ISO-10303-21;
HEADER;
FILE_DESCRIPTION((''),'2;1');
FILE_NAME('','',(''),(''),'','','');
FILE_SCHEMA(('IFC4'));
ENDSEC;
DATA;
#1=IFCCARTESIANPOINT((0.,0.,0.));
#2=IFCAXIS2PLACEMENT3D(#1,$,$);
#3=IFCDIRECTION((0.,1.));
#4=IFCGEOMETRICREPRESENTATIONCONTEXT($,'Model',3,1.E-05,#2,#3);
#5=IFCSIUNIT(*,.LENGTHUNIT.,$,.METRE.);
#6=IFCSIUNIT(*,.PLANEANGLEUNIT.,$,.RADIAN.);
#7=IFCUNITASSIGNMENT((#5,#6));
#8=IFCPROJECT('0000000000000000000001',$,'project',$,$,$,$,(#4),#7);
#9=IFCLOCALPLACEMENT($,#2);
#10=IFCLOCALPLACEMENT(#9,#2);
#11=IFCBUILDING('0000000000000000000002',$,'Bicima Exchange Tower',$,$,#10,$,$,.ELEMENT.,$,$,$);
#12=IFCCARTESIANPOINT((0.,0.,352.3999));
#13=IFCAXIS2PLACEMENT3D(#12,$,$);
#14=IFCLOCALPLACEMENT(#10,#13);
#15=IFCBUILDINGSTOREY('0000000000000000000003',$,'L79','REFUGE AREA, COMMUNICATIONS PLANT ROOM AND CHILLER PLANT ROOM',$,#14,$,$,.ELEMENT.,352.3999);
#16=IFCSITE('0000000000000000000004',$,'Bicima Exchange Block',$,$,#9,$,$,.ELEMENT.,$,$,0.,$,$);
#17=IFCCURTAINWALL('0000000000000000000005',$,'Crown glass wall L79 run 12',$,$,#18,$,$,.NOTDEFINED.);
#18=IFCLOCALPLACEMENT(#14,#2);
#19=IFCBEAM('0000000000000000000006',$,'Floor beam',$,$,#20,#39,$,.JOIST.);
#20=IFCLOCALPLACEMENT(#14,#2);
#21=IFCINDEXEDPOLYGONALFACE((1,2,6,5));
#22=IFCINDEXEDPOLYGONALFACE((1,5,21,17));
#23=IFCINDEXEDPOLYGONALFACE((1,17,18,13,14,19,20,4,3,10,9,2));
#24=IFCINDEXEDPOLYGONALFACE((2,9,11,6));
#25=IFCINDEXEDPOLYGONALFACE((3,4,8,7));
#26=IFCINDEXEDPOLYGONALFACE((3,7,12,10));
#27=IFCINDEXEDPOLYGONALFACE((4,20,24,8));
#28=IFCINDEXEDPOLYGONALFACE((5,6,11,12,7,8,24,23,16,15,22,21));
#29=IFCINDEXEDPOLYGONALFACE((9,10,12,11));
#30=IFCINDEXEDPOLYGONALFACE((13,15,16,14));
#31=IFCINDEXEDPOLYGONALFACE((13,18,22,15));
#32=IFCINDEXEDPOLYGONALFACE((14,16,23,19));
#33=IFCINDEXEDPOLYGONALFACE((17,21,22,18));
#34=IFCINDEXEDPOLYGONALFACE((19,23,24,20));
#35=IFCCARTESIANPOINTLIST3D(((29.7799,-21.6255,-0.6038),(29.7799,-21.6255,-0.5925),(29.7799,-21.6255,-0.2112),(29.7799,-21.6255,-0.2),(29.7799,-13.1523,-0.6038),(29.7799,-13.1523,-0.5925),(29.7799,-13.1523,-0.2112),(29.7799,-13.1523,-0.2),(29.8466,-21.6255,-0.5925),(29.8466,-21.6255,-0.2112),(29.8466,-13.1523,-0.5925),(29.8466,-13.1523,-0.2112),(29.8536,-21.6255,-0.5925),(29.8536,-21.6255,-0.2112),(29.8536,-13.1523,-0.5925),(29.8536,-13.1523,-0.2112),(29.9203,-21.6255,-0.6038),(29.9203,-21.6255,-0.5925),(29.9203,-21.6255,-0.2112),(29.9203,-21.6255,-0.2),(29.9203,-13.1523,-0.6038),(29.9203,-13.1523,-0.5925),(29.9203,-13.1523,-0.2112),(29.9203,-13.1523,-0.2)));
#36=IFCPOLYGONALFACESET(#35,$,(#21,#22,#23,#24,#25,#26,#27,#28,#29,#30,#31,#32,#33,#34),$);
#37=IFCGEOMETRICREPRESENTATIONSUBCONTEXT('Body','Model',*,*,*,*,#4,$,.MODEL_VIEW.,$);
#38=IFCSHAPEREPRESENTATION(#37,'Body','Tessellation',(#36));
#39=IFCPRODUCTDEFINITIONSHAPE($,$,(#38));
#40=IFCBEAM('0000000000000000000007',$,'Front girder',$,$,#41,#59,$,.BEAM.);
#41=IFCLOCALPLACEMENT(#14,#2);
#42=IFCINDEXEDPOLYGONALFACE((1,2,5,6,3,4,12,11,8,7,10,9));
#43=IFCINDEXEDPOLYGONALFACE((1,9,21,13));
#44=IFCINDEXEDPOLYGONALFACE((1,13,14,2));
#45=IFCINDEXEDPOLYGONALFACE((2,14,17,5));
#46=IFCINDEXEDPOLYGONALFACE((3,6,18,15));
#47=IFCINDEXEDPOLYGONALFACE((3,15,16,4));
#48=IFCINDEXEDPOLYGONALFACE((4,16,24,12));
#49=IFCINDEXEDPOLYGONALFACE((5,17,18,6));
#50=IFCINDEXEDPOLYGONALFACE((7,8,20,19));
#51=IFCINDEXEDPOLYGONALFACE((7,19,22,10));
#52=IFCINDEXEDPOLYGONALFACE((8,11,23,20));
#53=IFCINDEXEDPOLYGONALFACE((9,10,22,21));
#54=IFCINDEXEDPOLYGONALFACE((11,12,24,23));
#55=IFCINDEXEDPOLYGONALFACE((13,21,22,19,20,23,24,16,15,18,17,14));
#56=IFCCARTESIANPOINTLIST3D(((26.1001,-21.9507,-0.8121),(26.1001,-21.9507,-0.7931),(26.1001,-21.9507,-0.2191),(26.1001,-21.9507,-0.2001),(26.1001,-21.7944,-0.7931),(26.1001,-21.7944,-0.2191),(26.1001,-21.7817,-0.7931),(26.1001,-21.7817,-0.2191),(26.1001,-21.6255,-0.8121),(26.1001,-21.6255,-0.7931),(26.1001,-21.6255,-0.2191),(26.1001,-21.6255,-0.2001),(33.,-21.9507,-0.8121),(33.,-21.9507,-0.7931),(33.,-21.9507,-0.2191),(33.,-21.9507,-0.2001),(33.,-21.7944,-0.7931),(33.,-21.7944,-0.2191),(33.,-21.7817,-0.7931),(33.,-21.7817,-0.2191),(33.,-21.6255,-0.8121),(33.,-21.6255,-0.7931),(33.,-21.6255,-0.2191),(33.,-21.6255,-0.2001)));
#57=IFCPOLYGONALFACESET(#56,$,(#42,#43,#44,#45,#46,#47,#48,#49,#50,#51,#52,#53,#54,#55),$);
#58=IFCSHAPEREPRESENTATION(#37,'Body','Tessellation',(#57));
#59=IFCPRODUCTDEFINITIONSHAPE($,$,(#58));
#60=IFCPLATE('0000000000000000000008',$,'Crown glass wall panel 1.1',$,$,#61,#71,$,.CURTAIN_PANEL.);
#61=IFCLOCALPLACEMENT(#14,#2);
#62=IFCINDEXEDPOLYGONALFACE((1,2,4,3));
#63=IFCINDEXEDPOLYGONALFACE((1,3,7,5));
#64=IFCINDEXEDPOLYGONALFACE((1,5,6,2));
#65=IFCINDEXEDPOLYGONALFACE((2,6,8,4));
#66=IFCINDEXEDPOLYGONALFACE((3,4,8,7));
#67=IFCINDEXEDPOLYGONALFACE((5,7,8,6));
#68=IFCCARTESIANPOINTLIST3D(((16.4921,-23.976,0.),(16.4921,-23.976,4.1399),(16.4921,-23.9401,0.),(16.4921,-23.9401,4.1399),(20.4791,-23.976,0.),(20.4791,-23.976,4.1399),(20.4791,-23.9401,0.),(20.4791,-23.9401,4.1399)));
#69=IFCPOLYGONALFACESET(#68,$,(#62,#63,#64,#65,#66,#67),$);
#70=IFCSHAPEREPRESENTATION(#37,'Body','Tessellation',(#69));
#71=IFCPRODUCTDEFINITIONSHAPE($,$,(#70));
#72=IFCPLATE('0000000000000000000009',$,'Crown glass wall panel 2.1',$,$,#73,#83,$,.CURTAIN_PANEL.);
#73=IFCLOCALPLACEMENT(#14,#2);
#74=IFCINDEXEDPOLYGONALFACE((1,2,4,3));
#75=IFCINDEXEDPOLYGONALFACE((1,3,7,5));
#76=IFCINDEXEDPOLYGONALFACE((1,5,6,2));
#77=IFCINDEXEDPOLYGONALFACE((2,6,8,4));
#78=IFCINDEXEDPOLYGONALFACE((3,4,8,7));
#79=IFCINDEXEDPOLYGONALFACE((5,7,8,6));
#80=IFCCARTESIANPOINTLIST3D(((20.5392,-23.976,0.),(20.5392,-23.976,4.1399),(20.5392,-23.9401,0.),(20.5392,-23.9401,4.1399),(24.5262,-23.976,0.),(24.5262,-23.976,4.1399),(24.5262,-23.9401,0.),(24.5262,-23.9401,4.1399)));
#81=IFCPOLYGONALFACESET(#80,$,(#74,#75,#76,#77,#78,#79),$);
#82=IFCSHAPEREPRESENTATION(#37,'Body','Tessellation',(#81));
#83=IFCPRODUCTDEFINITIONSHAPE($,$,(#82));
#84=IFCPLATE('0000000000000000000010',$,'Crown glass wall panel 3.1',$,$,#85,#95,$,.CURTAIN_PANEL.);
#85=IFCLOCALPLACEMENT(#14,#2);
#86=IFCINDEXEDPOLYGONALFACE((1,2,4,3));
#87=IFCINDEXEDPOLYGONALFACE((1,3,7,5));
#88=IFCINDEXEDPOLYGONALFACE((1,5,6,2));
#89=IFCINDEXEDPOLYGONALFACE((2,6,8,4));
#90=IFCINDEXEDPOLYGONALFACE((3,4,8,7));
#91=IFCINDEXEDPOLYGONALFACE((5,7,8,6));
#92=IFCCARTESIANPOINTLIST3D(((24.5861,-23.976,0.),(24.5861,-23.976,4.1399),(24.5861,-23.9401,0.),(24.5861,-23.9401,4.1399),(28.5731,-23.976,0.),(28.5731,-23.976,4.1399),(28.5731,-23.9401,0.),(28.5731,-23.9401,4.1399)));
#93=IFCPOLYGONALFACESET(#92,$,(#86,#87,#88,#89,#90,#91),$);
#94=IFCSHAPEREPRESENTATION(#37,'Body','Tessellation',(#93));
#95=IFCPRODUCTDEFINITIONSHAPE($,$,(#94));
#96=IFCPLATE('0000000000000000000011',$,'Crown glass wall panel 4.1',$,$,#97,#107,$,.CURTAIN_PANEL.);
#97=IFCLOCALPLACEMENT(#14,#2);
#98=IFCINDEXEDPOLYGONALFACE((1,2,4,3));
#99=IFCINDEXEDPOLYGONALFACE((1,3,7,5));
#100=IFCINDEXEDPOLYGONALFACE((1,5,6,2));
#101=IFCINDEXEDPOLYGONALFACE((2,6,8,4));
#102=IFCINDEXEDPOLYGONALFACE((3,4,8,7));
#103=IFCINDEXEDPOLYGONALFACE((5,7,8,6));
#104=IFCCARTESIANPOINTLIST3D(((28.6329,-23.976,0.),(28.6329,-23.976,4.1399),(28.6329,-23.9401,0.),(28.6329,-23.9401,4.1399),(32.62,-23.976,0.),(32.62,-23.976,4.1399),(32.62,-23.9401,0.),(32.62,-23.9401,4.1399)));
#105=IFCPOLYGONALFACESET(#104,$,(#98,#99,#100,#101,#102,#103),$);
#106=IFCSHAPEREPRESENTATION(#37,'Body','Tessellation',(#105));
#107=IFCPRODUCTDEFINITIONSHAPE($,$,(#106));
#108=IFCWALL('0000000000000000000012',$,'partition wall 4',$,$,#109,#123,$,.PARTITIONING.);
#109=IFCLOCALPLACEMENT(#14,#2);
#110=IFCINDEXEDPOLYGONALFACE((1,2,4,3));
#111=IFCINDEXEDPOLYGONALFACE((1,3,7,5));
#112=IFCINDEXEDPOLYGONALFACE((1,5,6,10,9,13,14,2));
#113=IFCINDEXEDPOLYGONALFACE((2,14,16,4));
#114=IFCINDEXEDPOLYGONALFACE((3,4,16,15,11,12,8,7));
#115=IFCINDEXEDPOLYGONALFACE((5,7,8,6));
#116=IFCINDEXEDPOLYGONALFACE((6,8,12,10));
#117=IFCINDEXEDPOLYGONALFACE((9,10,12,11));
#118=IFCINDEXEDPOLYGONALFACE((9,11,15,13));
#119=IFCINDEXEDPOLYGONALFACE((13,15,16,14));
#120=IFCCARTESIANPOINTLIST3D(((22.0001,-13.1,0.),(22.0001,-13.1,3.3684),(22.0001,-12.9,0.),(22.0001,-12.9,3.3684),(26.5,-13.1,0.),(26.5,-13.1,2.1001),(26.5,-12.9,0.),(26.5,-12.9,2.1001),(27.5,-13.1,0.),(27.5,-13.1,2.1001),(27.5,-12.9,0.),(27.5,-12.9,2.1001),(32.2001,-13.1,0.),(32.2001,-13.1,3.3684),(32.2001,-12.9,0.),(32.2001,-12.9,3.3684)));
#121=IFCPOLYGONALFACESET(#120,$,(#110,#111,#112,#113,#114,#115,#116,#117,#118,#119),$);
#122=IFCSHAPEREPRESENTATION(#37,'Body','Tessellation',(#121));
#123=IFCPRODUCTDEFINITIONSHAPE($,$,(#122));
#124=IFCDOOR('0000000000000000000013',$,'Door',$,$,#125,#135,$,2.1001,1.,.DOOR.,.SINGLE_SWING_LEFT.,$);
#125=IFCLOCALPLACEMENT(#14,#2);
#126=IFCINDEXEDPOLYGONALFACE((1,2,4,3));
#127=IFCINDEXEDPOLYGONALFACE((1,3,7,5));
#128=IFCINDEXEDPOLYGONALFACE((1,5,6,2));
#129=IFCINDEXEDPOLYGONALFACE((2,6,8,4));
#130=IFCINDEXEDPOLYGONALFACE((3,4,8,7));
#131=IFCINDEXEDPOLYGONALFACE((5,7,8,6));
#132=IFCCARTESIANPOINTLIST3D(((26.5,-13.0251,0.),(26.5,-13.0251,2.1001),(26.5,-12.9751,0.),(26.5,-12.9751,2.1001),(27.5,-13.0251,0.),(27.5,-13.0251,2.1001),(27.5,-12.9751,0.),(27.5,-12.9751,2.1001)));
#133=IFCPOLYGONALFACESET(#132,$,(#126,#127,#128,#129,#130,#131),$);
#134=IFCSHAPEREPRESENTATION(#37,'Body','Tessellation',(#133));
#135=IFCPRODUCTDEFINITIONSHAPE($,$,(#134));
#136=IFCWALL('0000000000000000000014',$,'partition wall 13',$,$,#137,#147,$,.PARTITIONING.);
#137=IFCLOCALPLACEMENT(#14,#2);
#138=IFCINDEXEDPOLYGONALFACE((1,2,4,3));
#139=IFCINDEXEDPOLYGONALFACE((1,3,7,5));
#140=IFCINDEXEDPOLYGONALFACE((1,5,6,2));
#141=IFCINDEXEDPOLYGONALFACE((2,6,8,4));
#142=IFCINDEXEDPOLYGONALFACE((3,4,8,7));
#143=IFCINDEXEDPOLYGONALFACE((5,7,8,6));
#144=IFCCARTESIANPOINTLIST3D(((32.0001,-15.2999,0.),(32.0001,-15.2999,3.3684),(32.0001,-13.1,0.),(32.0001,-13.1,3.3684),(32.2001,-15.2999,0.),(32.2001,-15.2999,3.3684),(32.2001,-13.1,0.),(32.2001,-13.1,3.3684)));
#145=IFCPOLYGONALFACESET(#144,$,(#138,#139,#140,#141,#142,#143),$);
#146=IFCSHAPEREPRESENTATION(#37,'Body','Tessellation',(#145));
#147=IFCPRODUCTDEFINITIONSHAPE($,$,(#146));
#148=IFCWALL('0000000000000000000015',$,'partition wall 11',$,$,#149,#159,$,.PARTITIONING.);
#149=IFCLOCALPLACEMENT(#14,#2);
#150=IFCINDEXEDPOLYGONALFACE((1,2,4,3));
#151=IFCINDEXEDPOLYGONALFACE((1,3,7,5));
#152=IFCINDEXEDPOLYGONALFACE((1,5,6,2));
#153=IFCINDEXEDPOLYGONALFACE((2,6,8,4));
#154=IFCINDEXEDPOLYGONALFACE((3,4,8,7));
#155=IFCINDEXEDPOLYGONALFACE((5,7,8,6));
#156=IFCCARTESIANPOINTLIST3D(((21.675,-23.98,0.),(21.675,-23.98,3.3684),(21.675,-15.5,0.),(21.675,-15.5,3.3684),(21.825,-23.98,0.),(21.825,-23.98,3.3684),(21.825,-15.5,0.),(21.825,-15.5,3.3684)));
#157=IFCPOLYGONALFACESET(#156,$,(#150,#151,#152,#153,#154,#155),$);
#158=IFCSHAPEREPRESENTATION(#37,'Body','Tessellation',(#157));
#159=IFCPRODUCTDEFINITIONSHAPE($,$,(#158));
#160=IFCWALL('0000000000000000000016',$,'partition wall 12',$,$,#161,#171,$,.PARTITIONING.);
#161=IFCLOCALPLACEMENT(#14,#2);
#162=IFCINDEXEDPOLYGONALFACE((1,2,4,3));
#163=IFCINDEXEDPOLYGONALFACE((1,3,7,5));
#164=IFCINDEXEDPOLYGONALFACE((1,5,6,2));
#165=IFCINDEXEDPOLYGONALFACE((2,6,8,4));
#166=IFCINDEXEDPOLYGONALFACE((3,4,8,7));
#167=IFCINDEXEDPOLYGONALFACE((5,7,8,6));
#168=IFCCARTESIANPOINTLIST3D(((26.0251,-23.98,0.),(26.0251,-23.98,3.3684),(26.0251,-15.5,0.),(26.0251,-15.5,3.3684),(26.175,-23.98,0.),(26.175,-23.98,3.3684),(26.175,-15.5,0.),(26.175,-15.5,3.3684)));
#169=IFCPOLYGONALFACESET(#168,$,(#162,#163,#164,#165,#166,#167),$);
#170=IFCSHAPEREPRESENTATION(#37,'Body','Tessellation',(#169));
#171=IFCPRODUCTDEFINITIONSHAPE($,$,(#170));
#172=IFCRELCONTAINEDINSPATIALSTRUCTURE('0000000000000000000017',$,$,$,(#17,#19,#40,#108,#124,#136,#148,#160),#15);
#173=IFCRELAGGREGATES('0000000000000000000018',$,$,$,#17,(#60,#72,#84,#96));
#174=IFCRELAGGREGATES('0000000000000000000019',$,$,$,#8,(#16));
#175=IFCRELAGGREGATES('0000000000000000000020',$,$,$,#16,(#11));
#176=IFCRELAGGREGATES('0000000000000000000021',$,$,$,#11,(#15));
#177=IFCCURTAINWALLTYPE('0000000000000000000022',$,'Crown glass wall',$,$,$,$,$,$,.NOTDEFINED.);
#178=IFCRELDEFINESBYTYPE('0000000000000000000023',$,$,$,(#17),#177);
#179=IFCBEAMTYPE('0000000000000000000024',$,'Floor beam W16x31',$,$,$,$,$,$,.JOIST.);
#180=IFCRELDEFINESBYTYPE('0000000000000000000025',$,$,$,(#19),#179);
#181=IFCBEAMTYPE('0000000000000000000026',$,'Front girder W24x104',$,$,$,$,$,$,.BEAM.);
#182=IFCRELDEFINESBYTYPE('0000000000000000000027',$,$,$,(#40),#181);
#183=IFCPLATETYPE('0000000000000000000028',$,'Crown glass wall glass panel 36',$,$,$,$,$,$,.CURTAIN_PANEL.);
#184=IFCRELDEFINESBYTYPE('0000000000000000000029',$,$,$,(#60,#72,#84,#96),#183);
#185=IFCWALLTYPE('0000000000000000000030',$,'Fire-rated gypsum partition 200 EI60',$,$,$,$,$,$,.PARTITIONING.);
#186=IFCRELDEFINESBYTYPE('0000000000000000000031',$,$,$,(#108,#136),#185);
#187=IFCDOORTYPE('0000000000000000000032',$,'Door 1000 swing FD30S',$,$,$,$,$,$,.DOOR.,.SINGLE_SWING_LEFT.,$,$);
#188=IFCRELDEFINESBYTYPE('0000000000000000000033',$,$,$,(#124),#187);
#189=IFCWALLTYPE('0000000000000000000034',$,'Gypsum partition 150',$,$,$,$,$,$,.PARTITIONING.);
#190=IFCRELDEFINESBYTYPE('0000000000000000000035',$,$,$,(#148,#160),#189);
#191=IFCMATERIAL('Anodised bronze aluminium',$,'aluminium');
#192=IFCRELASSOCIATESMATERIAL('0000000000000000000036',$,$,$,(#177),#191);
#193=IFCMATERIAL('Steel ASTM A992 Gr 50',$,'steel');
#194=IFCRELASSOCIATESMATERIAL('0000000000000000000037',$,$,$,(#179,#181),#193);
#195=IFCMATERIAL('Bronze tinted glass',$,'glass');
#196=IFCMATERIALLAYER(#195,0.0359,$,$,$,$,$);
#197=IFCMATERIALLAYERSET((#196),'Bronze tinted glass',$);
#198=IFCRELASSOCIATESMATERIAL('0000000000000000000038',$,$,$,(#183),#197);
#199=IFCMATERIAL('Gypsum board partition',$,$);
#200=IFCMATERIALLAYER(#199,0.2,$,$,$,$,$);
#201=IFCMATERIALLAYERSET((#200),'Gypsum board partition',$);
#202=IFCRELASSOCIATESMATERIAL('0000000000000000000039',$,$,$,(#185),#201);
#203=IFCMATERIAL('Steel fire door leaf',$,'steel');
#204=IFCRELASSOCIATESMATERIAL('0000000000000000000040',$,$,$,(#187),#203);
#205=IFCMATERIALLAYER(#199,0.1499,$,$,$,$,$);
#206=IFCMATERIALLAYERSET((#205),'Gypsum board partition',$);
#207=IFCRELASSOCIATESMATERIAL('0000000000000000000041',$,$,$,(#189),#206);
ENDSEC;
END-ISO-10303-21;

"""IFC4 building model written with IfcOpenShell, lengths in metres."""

from ifc_helpers import new_model, si_unit, direction, frame, frame_2d, origin, origin_2d, place, context, subcontext, project, spatial, rectangle, i_section, extrude, material, layer, layer_set, material_profile, profile_set, type_object, element, fill, aggregate, save


model = new_model("IFC4")

# Units and contexts
model_context = context("Model", 3, precision=1e-05, world=origin(), true_north=direction((0.0, 1.0)))
body_context = subcontext(model_context, "Body", "Model", "MODEL_VIEW")
ifc_project = project(units=[si_unit("LENGTHUNIT", "METRE"), si_unit("PLANEANGLEUNIT", "RADIAN")], contexts=[model_context])

# Site, building, storey
site_placement = place(None, origin())
site = spatial("IfcSite", under=ifc_project, at=site_placement, Name="Bicima Exchange Block", CompositionType="ELEMENT", RefElevation=0.0)
building_placement = place(site_placement, origin())
building = spatial("IfcBuilding", under=site, at=building_placement, Name="Bicima Exchange Tower", CompositionType="ELEMENT")
storey_placement = place(building_placement, frame((0.0, 0.0, 352.3999)))
storey = spatial("IfcBuildingStorey", under=building, at=storey_placement, Name="L79", Description="REFUGE AREA, COMMUNICATIONS PLANT ROOM AND CHILLER PLANT ROOM", CompositionType="ELEMENT", Elevation=352.3999)

# Shared definitions
ifc_material_1 = material(Name="Steel ASTM A992 Gr 50", Category="steel")

# Curtain wall
ifc_material_2 = material(Name="Anodised bronze aluminium", Category="aluminium")
curtain_wall_type = type_object("IfcCurtainWallType", Name="Crown glass wall", PredefinedType="NOTDEFINED", material=ifc_material_2)
curtain_wall_placement = place(storey_placement, origin())
curtain_wall = element("IfcCurtainWall", 1, at=curtain_wall_placement, inside=storey, type_object=curtain_wall_type, Name="Crown glass wall L79 run 12", PredefinedType="NOTDEFINED")

# Beams
ifc_material_profile_1 = material_profile(ifc_material_1, i_section(OverallWidth=0.1404, OverallDepth=0.4038, WebThickness=0.0071, FlangeThickness=0.0112, at=origin_2d()))
ifc_profile_set_1 = profile_set([ifc_material_profile_1], Name="Steel ASTM A992 Gr 50")
beam_type_1 = type_object("IfcBeamType", Name="Floor beam W16x31", PredefinedType="JOIST", material=ifc_profile_set_1)
for number, where, z_axis, x_axis, name in (
    (2, (29.8501, -13.1523, -0.4019), (0.0, -1.0, 0.0), (1.0, 0.0, 0.0), "Floor beam"),
):
    element("IfcBeam", number, at=place(storey_placement, frame(where, z_axis=z_axis, x_axis=x_axis)), inside=storey, type_object=beam_type_1, Name=name, PredefinedType="JOIST", context=body_context, shape_type="SweptSolid", body=[
        extrude(i_section(OverallWidth=0.1404, OverallDepth=0.4038, WebThickness=0.0071, FlangeThickness=0.0112, at=origin_2d()), origin(), (0.0, 0.0, 1.0), 8.4731),
    ])
ifc_material_profile_2 = material_profile(ifc_material_1, i_section(OverallWidth=0.3252, OverallDepth=0.6121, WebThickness=0.0127, FlangeThickness=0.019, at=origin_2d()))
ifc_profile_set_2 = profile_set([ifc_material_profile_2], Name="Steel ASTM A992 Gr 50")
beam_type_2 = type_object("IfcBeamType", Name="Front girder W24x104", PredefinedType="BEAM", material=ifc_profile_set_2)
beam_1_placement = place(storey_placement, frame((26.1001, -21.7881, -0.5061), z_axis=(1.0, 0.0, 0.0), x_axis=(0.0, 1.0, 0.0)))
element("IfcBeam", 3, at=beam_1_placement, inside=storey, type_object=beam_type_2, Name="Front girder", PredefinedType="BEAM", context=body_context, shape_type="SweptSolid", body=[
    extrude(i_section(OverallWidth=0.3252, OverallDepth=0.6121, WebThickness=0.0127, FlangeThickness=0.019, at=origin_2d()), origin(), (0.0, 0.0, 1.0), 6.8999),
])

# Plates
ifc_material_3 = material(Name="Bronze tinted glass", Category="glass")
ifc_layer_1 = layer(ifc_material_3, 0.0359)
ifc_layer_set_1 = layer_set([ifc_layer_1], Name="Bronze tinted glass")
plate_type = type_object("IfcPlateType", Name="Crown glass wall glass panel 36", PredefinedType="CURTAIN_PANEL", material=ifc_layer_set_1)
plate_1_placement = place(storey_placement, frame((18.4856, -23.958, 0.0), z_axis=(0.0, 0.0, 1.0), x_axis=(1.0, 0.0, 0.0)))
plate_1 = element("IfcPlate", 4, at=plate_1_placement, type_object=plate_type, Name="Crown glass wall panel 1.1", PredefinedType="CURTAIN_PANEL", context=body_context, shape_type="SweptSolid", body=[
    extrude(rectangle(XDim=3.9871, YDim=0.0359, at=origin_2d()), origin(), (0.0, 0.0, 1.0), 4.1399),
])
plate_2_placement = place(storey_placement, frame((22.5327, -23.958, 0.0), z_axis=(0.0, 0.0, 1.0), x_axis=(1.0, 0.0, 0.0)))
plate_2 = element("IfcPlate", 5, at=plate_2_placement, type_object=plate_type, Name="Crown glass wall panel 2.1", PredefinedType="CURTAIN_PANEL", context=body_context, shape_type="SweptSolid", body=[
    extrude(rectangle(XDim=3.9871, YDim=0.0359, at=origin_2d()), origin(), (0.0, 0.0, 1.0), 4.1399),
])
plate_3_placement = place(storey_placement, frame((26.5796, -23.958, 0.0), z_axis=(0.0, 0.0, 1.0), x_axis=(1.0, 0.0, 0.0)))
plate_3 = element("IfcPlate", 6, at=plate_3_placement, type_object=plate_type, Name="Crown glass wall panel 3.1", PredefinedType="CURTAIN_PANEL", context=body_context, shape_type="SweptSolid", body=[
    extrude(rectangle(XDim=3.9871, YDim=0.0359, at=origin_2d()), origin(), (0.0, 0.0, 1.0), 4.1399),
])
plate_4_placement = place(storey_placement, frame((30.6265, -23.958, 0.0), z_axis=(0.0, 0.0, 1.0), x_axis=(1.0, 0.0, 0.0)))
plate_4 = element("IfcPlate", 7, at=plate_4_placement, type_object=plate_type, Name="Crown glass wall panel 4.1", PredefinedType="CURTAIN_PANEL", context=body_context, shape_type="SweptSolid", body=[
    extrude(rectangle(XDim=3.9871, YDim=0.0359, at=origin_2d()), origin(), (0.0, 0.0, 1.0), 4.1399),
])
aggregate(curtain_wall, [plate_1, plate_2, plate_3, plate_4])

# Wall, opening, door
ifc_material_4 = material(Name="Gypsum board partition")
ifc_layer_2 = layer(ifc_material_4, 0.2)
ifc_layer_set_2 = layer_set([ifc_layer_2], Name="Gypsum board partition")
wall_type_1 = type_object("IfcWallType", Name="Fire-rated gypsum partition 200 EI60", PredefinedType="PARTITIONING", material=ifc_layer_set_2)
wall_1_placement = place(storey_placement, frame((22.0, -13.0, 0.0), z_axis=(0.0, 0.0, 1.0), x_axis=(1.0, 0.0, 0.0)))
wall_1 = element("IfcWall", 8, at=wall_1_placement, inside=storey, type_object=wall_type_1, Name="partition wall 4", PredefinedType="PARTITIONING", context=body_context, shape_type="SweptSolid", body=[
    extrude(rectangle(XDim=10.2, YDim=0.2, at=frame_2d((5.1001, 0.0))), origin(), (0.0, 0.0, 1.0), 3.3684),
])
opening_placement = place(wall_1_placement, frame((4.5, 0.0, 0.0)))
opening = element("IfcOpeningElement", 9, at=opening_placement, cuts=wall_1, PredefinedType="OPENING", context=body_context, shape_type="SweptSolid", body=[
    extrude(rectangle(XDim=1.0, YDim=2.1001, at=frame_2d((0.5, 1.05))), frame((0.0, 0.1118, 0.0), z_axis=(0.0, -1.0, 0.0), x_axis=(1.0, 0.0, 0.0)), (0.0, 0.0, 1.0), 0.2239),
])
ifc_material_5 = material(Name="Steel fire door leaf", Category="steel")
door_type = type_object("IfcDoorType", Name="Door 1000 swing FD30S", OperationType="SINGLE_SWING_LEFT", PredefinedType="DOOR", material=ifc_material_5)
door_placement = place(opening_placement, origin())
door = element("IfcDoor", 10, at=door_placement, inside=storey, type_object=door_type, Name="Door", OperationType="SINGLE_SWING_LEFT", OverallHeight=2.1001, OverallWidth=1.0, PredefinedType="DOOR", context=body_context, shape_type="SweptSolid", body=[
    extrude(rectangle(XDim=1.0, YDim=2.1001, at=frame_2d((0.5, 1.05))), frame((0.0, 0.0249, 0.0), z_axis=(0.0, -1.0, 0.0), x_axis=(1.0, 0.0, 0.0)), (0.0, 0.0, 1.0), 0.05),
])
fill(opening, door)

# Walls
wall_2_placement = place(storey_placement, frame((32.1001, -15.3, 0.0), z_axis=(0.0, 0.0, 1.0), x_axis=(0.0, 1.0, 0.0)))
element("IfcWall", 11, at=wall_2_placement, inside=storey, type_object=wall_type_1, Name="partition wall 13", PredefinedType="PARTITIONING", context=body_context, shape_type="SweptSolid", body=[
    extrude(rectangle(XDim=2.2, YDim=0.2, at=frame_2d((1.1001, 0.0))), origin(), (0.0, 0.0, 1.0), 3.3684),
])
ifc_layer_3 = layer(ifc_material_4, 0.1499)
ifc_layer_set_3 = layer_set([ifc_layer_3], Name="Gypsum board partition")
wall_type_2 = type_object("IfcWallType", Name="Gypsum partition 150", PredefinedType="PARTITIONING", material=ifc_layer_set_3)
for number, where, z_axis, x_axis, name in (
    (12, (21.75, -23.98, 0.0), (0.0, 0.0, 1.0), (0.0, 1.0, 0.0), "partition wall 11"),
    (13, (26.1001, -23.98, 0.0), (0.0, 0.0, 1.0), (0.0, 1.0, 0.0), "partition wall 12"),
):
    element("IfcWall", number, at=place(storey_placement, frame(where, z_axis=z_axis, x_axis=x_axis)), inside=storey, type_object=wall_type_2, Name=name, PredefinedType="PARTITIONING", context=body_context, shape_type="SweptSolid", body=[
        extrude(rectangle(XDim=8.48, YDim=0.1499, at=frame_2d((4.24, 0.0))), origin(), (0.0, 0.0, 1.0), 3.3684),
    ])

save(model, "model.ifc")
